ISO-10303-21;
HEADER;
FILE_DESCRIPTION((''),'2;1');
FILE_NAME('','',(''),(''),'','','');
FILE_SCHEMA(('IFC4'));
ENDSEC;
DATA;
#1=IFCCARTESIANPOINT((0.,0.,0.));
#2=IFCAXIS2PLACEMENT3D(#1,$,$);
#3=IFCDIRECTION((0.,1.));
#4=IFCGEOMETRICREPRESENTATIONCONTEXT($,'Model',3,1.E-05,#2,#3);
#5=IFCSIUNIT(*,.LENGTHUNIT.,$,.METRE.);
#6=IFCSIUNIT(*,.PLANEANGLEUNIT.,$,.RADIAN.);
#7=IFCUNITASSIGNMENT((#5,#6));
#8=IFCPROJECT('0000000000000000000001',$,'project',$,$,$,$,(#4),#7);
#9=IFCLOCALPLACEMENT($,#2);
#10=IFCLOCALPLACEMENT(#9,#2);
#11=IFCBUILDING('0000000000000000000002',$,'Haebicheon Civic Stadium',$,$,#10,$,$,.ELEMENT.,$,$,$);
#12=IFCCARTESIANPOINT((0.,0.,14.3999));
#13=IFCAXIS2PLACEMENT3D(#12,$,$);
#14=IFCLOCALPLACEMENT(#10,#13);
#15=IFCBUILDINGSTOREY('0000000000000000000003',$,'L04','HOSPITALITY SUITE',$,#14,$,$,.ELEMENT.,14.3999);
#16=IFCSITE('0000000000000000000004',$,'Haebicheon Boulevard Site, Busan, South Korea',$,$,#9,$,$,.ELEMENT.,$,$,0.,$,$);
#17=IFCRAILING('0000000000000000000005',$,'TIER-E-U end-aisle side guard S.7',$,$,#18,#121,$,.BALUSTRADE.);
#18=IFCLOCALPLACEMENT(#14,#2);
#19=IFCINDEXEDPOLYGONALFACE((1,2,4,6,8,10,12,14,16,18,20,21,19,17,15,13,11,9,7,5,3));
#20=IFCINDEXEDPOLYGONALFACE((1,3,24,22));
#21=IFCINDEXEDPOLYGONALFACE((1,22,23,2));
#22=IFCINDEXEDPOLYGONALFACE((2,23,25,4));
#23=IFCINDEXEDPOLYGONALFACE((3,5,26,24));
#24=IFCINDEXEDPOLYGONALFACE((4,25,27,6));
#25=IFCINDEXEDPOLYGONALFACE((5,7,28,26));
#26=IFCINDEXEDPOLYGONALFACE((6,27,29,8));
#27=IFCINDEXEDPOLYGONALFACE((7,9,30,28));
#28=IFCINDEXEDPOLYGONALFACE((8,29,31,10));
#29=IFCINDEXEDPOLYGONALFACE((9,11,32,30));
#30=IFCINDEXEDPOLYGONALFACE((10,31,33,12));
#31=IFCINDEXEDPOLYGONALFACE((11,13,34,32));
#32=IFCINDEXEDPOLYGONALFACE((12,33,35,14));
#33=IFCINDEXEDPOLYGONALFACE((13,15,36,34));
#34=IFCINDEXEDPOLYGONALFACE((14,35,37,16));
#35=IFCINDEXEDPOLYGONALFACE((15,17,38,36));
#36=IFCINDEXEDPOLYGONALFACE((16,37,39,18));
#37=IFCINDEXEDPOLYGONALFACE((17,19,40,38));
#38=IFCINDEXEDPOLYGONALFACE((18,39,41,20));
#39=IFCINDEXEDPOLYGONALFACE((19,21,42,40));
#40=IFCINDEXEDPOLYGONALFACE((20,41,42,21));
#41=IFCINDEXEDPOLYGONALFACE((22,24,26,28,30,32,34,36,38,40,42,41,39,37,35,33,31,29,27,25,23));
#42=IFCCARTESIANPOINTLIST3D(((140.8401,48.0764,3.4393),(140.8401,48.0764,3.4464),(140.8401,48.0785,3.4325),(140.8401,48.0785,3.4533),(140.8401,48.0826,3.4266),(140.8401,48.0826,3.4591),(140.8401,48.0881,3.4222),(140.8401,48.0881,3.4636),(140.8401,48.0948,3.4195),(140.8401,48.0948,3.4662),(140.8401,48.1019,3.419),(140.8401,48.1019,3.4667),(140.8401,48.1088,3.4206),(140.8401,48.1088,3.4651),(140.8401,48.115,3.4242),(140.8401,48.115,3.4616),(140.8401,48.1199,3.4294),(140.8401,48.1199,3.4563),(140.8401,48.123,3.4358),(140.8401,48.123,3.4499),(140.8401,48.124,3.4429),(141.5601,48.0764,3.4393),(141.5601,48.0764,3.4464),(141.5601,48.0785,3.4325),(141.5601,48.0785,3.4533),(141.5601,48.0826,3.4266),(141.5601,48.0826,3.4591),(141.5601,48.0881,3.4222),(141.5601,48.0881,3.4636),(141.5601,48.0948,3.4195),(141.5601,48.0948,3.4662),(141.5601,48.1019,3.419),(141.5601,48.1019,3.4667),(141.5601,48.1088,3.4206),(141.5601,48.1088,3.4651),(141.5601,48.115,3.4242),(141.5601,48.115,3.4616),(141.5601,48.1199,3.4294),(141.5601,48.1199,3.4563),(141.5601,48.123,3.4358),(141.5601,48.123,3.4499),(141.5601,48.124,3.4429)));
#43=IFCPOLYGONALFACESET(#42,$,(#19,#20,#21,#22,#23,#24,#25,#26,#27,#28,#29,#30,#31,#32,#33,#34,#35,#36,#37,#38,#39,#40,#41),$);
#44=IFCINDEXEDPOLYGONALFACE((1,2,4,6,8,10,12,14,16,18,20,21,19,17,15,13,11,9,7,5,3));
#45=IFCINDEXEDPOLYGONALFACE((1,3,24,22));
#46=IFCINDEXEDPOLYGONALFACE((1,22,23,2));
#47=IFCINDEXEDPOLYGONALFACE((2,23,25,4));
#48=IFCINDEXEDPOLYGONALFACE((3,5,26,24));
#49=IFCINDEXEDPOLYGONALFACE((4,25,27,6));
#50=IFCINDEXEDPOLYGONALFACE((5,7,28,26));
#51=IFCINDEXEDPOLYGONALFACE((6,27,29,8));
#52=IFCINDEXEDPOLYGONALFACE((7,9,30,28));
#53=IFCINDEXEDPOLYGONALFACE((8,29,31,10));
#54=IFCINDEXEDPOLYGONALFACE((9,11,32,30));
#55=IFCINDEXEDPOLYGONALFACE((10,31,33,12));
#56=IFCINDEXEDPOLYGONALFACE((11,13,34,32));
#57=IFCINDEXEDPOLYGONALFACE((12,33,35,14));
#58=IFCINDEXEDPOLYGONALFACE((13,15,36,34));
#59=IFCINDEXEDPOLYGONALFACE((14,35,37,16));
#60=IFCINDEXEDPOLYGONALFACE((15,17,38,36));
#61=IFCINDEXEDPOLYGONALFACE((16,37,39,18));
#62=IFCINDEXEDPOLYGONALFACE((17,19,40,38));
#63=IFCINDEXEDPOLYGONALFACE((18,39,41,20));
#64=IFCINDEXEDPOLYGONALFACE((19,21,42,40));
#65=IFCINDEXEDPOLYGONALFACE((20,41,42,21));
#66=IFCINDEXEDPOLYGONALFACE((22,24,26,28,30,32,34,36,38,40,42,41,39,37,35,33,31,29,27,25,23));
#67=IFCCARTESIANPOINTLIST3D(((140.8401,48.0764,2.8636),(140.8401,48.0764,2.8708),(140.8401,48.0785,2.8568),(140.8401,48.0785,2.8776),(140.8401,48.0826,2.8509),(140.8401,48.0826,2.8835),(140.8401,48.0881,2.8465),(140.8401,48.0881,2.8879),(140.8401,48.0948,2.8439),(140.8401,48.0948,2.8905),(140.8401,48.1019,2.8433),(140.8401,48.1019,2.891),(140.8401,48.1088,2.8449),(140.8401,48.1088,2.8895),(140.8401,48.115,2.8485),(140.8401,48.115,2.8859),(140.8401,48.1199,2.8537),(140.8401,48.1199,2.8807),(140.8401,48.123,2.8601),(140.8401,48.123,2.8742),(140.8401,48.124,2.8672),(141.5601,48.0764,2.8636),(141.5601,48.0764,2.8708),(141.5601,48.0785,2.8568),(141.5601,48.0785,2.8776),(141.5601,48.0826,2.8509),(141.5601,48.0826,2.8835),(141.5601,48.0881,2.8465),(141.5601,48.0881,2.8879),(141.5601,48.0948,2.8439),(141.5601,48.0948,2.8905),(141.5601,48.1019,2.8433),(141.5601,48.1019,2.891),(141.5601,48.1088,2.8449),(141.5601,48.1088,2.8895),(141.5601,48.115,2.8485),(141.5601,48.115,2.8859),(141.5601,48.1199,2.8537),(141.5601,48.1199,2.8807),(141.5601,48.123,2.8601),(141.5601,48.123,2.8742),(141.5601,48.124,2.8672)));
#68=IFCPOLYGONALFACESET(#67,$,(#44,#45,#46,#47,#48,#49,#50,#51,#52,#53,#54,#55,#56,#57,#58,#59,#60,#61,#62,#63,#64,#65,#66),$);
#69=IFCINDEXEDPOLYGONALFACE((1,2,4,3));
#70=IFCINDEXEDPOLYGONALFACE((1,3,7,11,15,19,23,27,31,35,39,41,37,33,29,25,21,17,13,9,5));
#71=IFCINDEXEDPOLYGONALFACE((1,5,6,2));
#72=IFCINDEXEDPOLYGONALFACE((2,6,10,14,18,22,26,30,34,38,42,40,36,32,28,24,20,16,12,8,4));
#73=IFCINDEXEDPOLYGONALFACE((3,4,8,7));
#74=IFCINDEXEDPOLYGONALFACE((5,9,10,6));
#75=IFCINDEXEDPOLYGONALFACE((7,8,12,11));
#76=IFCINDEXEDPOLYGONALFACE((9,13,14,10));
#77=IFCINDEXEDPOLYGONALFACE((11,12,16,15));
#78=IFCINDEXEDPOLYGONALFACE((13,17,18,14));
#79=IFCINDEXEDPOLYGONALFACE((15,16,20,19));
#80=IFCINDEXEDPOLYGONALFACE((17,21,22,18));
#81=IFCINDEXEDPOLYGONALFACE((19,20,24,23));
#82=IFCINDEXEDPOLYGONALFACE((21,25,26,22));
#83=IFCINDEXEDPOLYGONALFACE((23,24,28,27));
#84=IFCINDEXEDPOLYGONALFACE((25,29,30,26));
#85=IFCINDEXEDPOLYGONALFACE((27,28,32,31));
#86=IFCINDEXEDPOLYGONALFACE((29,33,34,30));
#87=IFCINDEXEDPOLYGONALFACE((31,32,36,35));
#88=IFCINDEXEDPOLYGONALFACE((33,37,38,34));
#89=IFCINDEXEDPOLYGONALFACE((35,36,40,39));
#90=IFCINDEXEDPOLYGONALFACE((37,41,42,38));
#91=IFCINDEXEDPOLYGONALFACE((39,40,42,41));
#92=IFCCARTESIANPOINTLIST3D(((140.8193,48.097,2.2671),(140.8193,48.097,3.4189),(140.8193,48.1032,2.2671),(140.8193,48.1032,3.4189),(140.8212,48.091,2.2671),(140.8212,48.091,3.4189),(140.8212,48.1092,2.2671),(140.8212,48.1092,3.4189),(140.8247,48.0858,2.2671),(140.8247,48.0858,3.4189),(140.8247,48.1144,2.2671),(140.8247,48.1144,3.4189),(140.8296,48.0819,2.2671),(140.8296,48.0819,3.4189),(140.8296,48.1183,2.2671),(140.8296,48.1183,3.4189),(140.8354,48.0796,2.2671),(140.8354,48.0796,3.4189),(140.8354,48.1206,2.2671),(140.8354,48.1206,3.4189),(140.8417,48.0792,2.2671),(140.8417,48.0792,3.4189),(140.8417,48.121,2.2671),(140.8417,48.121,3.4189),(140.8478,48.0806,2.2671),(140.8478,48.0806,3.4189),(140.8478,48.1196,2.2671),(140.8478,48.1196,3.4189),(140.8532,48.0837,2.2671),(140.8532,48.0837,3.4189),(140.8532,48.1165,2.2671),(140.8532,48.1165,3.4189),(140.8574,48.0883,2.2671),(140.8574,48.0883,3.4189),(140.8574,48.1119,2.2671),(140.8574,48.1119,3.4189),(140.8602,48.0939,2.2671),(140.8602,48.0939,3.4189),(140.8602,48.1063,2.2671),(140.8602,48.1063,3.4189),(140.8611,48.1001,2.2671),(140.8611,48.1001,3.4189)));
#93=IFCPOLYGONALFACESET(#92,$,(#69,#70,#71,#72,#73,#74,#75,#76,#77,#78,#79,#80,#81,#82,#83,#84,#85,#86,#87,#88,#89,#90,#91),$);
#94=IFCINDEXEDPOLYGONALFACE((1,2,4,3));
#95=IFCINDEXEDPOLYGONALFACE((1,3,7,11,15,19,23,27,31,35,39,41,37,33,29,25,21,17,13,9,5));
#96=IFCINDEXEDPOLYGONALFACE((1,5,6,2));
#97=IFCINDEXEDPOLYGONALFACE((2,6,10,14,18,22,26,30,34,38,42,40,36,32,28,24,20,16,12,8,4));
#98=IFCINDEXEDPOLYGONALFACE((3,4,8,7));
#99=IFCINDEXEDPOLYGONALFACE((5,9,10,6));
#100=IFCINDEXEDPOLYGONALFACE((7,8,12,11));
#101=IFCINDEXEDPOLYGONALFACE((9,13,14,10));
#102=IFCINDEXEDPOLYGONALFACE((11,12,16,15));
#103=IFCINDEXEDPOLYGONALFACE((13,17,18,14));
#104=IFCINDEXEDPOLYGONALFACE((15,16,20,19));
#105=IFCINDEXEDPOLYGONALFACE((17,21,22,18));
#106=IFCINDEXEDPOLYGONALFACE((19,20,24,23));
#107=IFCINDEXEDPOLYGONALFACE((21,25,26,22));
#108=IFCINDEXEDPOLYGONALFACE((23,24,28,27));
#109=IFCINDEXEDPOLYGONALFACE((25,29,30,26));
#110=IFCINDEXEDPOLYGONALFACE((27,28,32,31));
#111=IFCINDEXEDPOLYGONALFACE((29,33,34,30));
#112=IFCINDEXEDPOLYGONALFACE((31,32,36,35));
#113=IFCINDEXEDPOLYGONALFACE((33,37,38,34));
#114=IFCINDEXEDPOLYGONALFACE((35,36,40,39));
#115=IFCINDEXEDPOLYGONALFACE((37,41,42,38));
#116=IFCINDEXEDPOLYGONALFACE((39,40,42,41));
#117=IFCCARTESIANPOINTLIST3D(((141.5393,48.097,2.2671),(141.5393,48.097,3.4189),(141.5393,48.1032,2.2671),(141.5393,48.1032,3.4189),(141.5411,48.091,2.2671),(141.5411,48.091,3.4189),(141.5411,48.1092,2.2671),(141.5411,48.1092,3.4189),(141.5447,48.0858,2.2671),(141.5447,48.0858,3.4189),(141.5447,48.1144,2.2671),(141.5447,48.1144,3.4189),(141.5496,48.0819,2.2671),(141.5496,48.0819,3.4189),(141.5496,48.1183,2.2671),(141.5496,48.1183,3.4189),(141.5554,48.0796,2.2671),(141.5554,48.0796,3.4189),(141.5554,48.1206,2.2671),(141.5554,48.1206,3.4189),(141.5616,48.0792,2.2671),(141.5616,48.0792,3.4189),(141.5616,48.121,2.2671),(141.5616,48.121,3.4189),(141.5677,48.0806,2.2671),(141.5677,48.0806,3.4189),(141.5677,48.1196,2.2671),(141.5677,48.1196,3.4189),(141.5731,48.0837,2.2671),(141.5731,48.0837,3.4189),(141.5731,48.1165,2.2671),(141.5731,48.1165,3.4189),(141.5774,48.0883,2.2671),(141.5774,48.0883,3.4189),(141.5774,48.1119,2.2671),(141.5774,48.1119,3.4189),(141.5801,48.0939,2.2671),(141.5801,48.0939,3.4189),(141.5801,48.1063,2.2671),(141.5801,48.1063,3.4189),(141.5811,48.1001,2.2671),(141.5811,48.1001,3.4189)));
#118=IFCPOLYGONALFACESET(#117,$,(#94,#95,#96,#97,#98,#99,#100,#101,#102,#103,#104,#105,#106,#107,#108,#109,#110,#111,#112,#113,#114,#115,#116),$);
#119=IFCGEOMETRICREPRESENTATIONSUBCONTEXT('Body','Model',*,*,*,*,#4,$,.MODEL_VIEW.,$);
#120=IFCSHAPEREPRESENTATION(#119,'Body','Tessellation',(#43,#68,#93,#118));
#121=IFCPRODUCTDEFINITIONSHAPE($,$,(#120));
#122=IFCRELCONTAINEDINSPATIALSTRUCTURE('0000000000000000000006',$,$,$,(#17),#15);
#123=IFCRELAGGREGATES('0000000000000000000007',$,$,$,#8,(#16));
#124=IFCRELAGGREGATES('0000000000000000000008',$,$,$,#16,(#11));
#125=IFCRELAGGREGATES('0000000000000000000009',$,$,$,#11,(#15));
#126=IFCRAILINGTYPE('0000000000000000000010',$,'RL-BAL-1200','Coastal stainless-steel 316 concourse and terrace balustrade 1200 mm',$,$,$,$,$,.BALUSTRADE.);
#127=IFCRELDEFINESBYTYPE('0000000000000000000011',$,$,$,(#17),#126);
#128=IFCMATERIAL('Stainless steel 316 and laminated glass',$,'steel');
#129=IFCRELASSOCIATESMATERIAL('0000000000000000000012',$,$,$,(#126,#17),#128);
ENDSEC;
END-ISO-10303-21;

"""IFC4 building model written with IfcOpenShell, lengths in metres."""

from ifc_helpers import new_model, si_unit, direction, frame, origin, origin_2d, place, context, subcontext, project, spatial, circle, extrude, material, type_object, element, save


model = new_model("IFC4")

# Units and contexts
model_context = context("Model", 3, precision=1e-05, world=origin(), true_north=direction((0.0, 1.0)))
body_context = subcontext(model_context, "Body", "Model", "MODEL_VIEW")
ifc_project = project(units=[si_unit("LENGTHUNIT", "METRE"), si_unit("PLANEANGLEUNIT", "RADIAN")], contexts=[model_context])

# Site, building, storey
site_placement = place(None, origin())
site = spatial("IfcSite", under=ifc_project, at=site_placement, Name="Haebicheon Boulevard Site, Busan, South Korea", CompositionType="ELEMENT", RefElevation=0.0)
building_placement = place(site_placement, origin())
building = spatial("IfcBuilding", under=site, at=building_placement, Name="Haebicheon Civic Stadium", CompositionType="ELEMENT")
storey_placement = place(building_placement, frame((0.0, 0.0, 14.3999)))
storey = spatial("IfcBuildingStorey", under=building, at=storey_placement, Name="L04", Description="HOSPITALITY SUITE", CompositionType="ELEMENT", Elevation=14.3999)

# Railing
ifc_material_1 = material(Name="Stainless steel 316 and laminated glass", Category="steel")
railing_type = type_object("IfcRailingType", Name="RL-BAL-1200", Description="Coastal stainless-steel 316 concourse and terrace balustrade 1200 mm", PredefinedType="BALUSTRADE", material=ifc_material_1)
for number, where, name in (
    (1, (140.8401, 48.1001, 2.2671), "TIER-E-U end-aisle side guard S.7"),
):
    element("IfcRailing", number, at=place(storey_placement, frame(where)), inside=storey, type_object=railing_type, material=ifc_material_1, Name=name, PredefinedType="BALUSTRADE", context=body_context, shape_type="SweptSolid", body=[
        extrude(circle(Radius=0.0239, at=origin_2d()), frame((0.0, 0.0, 1.1758), z_axis=(1.0, 0.0, 0.0), x_axis=(0.0, 1.0, 0.0)), (0.0, 0.0, 1.0), 0.72),
        extrude(circle(Radius=0.0239, at=origin_2d()), frame((0.0, 0.0, 0.6001), z_axis=(1.0, 0.0, 0.0), x_axis=(0.0, 1.0, 0.0)), (0.0, 0.0, 1.0), 0.72),
        extrude(circle(Radius=0.021, at=origin_2d()), origin(), (0.0, 0.0, 1.0), 1.1519),
        extrude(circle(Radius=0.021, at=origin_2d()), frame((0.72, 0.0, 0.0)), (0.0, 0.0, 1.0), 1.1519),
    ])

save(model, "model.ifc")
